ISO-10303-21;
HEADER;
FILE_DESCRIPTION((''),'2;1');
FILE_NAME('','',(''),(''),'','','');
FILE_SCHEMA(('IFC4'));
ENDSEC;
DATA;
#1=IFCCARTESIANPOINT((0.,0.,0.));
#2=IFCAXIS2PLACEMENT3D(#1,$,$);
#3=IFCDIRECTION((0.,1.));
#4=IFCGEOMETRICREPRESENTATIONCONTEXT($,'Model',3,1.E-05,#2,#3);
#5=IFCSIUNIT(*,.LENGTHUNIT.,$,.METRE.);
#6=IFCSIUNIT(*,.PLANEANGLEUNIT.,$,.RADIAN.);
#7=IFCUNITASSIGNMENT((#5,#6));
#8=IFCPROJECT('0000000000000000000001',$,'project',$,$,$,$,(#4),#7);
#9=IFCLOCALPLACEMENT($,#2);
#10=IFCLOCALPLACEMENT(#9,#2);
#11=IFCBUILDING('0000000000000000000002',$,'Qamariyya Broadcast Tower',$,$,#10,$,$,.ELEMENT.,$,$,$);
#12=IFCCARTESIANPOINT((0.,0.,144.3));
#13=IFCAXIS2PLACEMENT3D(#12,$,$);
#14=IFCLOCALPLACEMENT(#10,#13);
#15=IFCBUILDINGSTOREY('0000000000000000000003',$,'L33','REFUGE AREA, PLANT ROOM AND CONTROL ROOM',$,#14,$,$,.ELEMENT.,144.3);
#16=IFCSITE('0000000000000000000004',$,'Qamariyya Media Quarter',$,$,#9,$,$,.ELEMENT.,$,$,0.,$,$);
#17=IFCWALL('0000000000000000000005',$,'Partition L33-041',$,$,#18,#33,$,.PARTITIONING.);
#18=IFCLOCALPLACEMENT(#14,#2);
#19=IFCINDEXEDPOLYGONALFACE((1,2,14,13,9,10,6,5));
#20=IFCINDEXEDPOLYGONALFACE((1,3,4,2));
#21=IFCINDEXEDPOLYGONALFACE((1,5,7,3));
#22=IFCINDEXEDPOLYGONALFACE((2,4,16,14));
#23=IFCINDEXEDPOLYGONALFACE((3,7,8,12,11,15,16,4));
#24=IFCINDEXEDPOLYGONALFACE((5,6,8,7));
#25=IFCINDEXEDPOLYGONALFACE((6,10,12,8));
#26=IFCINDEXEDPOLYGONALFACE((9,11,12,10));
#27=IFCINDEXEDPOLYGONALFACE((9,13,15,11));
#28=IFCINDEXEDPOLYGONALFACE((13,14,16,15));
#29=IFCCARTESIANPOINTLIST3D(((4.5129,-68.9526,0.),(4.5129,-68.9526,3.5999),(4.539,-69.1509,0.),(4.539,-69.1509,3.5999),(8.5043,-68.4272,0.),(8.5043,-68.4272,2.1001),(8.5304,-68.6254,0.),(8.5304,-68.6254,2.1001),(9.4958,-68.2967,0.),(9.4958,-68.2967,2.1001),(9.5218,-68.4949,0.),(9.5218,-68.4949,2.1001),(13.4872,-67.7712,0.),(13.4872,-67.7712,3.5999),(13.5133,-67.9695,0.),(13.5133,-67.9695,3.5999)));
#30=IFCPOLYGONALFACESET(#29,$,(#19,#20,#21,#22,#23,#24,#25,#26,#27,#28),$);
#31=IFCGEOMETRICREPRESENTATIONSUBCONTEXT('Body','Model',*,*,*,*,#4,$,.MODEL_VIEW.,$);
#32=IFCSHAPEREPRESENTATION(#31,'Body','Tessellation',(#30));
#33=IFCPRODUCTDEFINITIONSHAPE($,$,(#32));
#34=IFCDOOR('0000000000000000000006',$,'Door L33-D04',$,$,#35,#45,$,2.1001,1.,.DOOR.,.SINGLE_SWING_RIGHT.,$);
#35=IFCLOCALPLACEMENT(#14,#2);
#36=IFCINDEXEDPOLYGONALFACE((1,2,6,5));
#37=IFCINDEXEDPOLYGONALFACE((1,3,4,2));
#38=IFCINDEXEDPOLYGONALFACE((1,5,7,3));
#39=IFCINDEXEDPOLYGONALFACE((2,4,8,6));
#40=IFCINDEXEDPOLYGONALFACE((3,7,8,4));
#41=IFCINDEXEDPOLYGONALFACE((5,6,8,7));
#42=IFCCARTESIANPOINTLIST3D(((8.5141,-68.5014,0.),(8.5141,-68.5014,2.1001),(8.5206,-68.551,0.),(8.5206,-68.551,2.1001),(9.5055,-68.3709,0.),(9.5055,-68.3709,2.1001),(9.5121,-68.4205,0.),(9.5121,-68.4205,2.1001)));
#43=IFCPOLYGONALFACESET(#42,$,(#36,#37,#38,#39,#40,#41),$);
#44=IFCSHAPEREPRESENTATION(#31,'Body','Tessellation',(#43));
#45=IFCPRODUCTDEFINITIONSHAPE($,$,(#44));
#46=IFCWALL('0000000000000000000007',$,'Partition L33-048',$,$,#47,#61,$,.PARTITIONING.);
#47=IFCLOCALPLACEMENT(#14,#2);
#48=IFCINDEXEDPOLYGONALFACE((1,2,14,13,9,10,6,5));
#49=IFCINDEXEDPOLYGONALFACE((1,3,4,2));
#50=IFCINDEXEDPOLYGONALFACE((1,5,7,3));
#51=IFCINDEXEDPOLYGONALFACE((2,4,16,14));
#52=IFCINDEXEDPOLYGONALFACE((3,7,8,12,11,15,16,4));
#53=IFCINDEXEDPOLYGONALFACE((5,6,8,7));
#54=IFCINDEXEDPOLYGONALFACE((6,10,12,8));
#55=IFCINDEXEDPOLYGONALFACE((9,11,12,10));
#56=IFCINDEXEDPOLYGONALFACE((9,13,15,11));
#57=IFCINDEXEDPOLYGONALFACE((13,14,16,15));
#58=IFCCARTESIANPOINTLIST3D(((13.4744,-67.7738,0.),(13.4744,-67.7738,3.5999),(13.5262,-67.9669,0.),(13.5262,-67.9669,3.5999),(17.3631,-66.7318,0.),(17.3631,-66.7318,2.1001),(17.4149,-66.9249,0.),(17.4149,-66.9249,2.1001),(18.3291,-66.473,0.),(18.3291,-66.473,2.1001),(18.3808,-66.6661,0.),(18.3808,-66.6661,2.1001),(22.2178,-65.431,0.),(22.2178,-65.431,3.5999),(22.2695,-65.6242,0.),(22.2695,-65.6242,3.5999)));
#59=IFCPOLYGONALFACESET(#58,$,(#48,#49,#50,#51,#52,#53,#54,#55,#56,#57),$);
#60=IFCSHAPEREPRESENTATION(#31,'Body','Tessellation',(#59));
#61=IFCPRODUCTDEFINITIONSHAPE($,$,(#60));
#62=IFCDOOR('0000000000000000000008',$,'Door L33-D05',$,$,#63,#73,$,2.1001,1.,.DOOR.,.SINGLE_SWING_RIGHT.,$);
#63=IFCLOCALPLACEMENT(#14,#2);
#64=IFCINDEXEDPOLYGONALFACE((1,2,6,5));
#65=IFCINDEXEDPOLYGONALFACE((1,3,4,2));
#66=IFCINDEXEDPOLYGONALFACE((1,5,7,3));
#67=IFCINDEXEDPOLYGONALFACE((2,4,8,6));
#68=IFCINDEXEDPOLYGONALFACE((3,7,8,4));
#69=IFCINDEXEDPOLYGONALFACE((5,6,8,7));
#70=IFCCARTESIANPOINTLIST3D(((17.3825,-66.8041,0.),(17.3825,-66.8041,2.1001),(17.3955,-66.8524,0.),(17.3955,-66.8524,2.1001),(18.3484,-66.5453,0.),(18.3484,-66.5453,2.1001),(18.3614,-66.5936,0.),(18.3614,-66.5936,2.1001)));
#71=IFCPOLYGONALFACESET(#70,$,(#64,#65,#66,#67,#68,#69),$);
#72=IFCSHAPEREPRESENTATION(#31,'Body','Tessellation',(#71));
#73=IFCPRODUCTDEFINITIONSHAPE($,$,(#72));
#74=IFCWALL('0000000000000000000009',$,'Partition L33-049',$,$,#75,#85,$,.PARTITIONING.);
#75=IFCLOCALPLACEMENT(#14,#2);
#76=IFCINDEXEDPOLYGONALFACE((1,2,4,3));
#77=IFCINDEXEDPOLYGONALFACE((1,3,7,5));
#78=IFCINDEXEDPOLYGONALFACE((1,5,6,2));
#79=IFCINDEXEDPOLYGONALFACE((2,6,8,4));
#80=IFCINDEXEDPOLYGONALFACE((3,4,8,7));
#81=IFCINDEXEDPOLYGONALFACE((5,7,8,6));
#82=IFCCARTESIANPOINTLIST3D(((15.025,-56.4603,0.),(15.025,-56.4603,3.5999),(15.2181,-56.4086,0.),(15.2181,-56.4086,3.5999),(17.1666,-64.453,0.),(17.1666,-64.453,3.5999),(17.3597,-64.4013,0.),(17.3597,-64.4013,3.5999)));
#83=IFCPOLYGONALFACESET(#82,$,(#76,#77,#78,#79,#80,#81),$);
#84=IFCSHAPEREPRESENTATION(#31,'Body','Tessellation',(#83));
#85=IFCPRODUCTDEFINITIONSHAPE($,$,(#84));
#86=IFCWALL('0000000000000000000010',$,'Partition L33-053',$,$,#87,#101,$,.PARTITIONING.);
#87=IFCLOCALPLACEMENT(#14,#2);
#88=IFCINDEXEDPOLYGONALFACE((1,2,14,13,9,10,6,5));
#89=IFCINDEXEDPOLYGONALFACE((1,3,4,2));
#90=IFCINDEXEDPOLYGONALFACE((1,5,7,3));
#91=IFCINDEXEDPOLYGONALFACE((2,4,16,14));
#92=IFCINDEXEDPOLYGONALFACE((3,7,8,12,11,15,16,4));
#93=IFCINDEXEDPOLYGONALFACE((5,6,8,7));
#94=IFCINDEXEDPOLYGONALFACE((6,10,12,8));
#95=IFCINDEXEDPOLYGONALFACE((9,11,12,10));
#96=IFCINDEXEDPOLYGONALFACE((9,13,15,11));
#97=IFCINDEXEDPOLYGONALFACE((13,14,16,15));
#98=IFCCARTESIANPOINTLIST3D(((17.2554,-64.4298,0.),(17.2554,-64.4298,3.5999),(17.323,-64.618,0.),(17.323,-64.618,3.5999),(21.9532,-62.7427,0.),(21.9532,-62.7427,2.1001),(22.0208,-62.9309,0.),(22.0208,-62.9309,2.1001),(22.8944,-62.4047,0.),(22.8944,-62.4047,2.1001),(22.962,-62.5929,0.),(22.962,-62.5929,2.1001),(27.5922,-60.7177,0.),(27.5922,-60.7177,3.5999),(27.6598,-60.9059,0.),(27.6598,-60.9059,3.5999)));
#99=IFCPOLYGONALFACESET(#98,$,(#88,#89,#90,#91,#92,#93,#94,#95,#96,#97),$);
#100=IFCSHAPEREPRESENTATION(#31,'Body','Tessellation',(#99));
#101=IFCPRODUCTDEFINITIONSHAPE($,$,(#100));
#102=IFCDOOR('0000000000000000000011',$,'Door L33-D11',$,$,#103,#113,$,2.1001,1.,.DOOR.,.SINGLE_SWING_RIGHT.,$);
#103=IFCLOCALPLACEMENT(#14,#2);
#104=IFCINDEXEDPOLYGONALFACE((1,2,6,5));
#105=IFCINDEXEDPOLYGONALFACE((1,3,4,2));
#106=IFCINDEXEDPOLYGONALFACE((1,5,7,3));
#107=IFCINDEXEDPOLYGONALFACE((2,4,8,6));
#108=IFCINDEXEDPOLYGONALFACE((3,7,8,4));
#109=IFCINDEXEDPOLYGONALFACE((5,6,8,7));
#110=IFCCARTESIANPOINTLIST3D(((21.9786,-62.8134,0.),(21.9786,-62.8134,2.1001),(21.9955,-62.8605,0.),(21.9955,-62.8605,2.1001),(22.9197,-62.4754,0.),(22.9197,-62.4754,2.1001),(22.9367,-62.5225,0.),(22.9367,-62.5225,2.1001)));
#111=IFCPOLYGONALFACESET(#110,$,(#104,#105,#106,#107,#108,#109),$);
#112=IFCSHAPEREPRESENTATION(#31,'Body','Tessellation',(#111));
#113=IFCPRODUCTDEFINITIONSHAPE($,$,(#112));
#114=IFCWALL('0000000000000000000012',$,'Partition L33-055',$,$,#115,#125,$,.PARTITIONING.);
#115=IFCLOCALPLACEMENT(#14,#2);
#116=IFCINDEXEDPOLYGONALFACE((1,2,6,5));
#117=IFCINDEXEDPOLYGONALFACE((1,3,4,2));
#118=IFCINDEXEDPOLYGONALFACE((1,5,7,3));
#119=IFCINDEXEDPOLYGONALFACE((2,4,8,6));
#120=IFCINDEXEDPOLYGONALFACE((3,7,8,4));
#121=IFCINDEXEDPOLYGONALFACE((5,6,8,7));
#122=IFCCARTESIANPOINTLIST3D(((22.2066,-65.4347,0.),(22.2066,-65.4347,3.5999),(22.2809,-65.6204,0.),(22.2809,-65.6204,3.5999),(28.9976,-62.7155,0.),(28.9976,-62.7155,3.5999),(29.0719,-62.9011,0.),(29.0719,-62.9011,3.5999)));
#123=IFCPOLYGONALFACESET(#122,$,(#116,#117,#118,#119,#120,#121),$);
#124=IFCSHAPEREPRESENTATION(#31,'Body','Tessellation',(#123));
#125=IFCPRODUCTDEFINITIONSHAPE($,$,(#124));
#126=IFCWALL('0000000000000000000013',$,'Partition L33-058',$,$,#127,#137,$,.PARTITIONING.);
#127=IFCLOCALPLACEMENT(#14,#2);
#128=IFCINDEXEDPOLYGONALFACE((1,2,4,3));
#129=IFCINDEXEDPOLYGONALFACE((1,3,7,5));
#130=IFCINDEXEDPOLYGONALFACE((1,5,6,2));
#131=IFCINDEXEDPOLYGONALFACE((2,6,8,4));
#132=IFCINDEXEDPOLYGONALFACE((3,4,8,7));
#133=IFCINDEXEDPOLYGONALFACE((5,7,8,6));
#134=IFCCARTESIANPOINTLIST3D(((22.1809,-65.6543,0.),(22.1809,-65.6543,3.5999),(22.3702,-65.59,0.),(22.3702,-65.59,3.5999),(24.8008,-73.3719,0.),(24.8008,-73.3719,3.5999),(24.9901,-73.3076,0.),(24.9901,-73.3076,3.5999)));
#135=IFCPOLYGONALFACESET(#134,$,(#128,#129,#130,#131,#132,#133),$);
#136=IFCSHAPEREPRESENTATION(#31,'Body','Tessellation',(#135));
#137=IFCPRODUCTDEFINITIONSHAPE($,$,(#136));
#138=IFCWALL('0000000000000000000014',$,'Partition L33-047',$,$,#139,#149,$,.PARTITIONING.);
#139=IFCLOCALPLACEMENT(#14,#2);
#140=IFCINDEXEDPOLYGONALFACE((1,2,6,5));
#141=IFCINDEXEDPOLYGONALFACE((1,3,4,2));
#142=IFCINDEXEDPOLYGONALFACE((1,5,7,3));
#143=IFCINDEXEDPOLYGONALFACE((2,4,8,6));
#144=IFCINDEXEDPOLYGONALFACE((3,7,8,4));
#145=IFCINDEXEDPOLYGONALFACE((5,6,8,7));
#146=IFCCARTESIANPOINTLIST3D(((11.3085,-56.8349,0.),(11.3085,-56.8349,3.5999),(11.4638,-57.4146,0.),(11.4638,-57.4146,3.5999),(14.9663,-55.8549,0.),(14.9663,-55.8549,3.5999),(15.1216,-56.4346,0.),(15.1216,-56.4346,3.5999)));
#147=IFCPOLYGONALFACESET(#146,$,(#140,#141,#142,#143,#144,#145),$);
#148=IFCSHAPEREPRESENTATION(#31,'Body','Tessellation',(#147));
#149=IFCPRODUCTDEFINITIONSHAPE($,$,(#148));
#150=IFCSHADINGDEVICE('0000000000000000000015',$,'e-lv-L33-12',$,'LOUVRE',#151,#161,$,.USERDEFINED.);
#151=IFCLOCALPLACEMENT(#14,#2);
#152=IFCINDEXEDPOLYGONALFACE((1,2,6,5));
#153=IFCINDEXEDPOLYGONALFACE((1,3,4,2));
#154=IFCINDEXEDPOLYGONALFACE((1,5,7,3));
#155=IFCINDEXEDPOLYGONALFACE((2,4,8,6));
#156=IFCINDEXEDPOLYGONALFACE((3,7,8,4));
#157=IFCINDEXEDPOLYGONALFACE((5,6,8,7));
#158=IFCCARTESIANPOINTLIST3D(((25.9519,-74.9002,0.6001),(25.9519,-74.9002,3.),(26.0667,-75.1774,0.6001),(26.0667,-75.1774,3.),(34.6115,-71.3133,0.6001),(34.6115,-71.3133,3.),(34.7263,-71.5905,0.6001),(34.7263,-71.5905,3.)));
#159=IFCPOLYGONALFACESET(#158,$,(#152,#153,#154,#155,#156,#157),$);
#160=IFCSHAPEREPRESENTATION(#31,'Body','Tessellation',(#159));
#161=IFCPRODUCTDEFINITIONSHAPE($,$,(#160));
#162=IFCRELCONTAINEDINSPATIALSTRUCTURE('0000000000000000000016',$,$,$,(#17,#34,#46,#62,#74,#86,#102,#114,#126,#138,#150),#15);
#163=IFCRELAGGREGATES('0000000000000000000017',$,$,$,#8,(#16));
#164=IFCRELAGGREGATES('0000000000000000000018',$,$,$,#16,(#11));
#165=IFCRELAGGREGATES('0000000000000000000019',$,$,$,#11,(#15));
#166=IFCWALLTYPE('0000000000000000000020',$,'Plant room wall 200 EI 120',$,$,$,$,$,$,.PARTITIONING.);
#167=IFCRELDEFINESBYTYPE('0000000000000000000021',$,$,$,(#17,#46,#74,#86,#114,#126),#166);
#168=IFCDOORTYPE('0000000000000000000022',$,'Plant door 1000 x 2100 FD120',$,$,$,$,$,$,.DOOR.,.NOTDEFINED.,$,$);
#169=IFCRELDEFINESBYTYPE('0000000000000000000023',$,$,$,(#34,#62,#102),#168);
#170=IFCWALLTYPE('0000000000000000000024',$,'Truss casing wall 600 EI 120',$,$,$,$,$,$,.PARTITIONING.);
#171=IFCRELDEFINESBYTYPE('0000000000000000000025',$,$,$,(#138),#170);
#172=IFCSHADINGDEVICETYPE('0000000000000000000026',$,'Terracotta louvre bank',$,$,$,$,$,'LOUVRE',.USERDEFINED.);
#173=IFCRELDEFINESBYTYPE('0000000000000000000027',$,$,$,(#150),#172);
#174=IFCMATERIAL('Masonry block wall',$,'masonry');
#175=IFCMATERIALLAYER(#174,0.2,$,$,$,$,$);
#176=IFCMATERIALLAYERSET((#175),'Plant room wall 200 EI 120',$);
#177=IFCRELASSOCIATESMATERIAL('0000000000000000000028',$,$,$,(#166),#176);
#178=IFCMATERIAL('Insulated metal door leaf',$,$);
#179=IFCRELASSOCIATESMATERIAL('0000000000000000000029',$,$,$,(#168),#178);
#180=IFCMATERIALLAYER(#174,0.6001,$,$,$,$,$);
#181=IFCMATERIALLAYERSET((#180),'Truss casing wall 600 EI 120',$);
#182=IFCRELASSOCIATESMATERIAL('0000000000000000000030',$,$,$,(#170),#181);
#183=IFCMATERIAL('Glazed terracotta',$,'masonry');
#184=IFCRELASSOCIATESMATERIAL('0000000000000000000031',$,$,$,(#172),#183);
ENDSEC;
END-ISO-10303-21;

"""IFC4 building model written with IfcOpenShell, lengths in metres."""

from ifc_helpers import new_model, si_unit, direction, frame, frame_2d, origin, origin_2d, place, context, subcontext, project, spatial, rectangle, extrude, material, layer, layer_set, type_object, element, fill, save


model = new_model("IFC4")

# Units and contexts
model_context = context("Model", 3, precision=1e-05, world=origin(), true_north=direction((0.0, 1.0)))
body_context = subcontext(model_context, "Body", "Model", "MODEL_VIEW")
ifc_project = project(units=[si_unit("LENGTHUNIT", "METRE"), si_unit("PLANEANGLEUNIT", "RADIAN")], contexts=[model_context])

# Site, building, storey
site_placement = place(None, origin())
site = spatial("IfcSite", under=ifc_project, at=site_placement, Name="Qamariyya Media Quarter", CompositionType="ELEMENT", RefElevation=0.0)
building_placement = place(site_placement, origin())
building = spatial("IfcBuilding", under=site, at=building_placement, Name="Qamariyya Broadcast Tower", CompositionType="ELEMENT")
storey_placement = place(building_placement, frame((0.0, 0.0, 144.3)))
storey = spatial("IfcBuildingStorey", under=building, at=storey_placement, Name="L33", Description="REFUGE AREA, PLANT ROOM AND CONTROL ROOM", CompositionType="ELEMENT", Elevation=144.3)

# Walls, openings, doors
ifc_material_1 = material(Name="Masonry block wall", Category="masonry")
ifc_layer_1 = layer(ifc_material_1, 0.2)
ifc_layer_set_1 = layer_set([ifc_layer_1], Name="Plant room wall 200 EI 120")
wall_type_1 = type_object("IfcWallType", Name="Plant room wall 200 EI 120", PredefinedType="PARTITIONING", material=ifc_layer_set_1)
wall_1_placement = place(storey_placement, frame((13.5002, -67.8704, 0.0), z_axis=(0.0, 0.0, 1.0), x_axis=(-0.991446, -0.130515, 0.0)))
wall_1 = element("IfcWall", 1, at=wall_1_placement, inside=storey, type_object=wall_type_1, Name="Partition L33-041", PredefinedType="PARTITIONING", context=body_context, shape_type="SweptSolid", body=[
    extrude(rectangle(XDim=9.0518, YDim=0.2, at=frame_2d((4.5259, 0.0))), origin(), (0.0, 0.0, 1.0), 3.5999),
])
opening_1_placement = place(wall_1_placement, frame((4.0259, 0.0, 0.0)))
opening_1 = element("IfcOpeningElement", 2, at=opening_1_placement, cuts=wall_1, PredefinedType="OPENING", context=body_context, shape_type="SweptSolid", body=[
    extrude(rectangle(XDim=1.0, YDim=2.1001, at=frame_2d((0.5, 1.05))), frame((0.0, 0.1099, 0.0), z_axis=(0.0, -1.0, 0.0), x_axis=(1.0, 0.0, 0.0)), (0.0, 0.0, 1.0), 0.22),
])
ifc_material_2 = material(Name="Insulated metal door leaf")
door_type_1 = type_object("IfcDoorType", Name="Plant door 1000 x 2100 FD120", OperationType="NOTDEFINED", PredefinedType="DOOR", material=ifc_material_2)
door_1_placement = place(opening_1_placement, origin())
door_1 = element("IfcDoor", 3, at=door_1_placement, inside=storey, type_object=door_type_1, Name="Door L33-D04", OperationType="SINGLE_SWING_RIGHT", OverallHeight=2.1001, OverallWidth=1.0, PredefinedType="DOOR", context=body_context, shape_type="SweptSolid", body=[
    extrude(rectangle(XDim=1.0, YDim=2.1001, at=frame_2d((0.5, 1.05))), frame((0.0, 0.0249, 0.0), z_axis=(0.0, -1.0, 0.0), x_axis=(1.0, 0.0, 0.0)), (0.0, 0.0, 1.0), 0.05),
])
fill(opening_1, door_1)
wall_2_placement = place(storey_placement, frame((22.2437, -65.5276, 0.0), z_axis=(0.0, 0.0, 1.0), x_axis=(-0.965926, -0.258817, 0.0)))
wall_2 = element("IfcWall", 4, at=wall_2_placement, inside=storey, type_object=wall_type_1, Name="Partition L33-048", PredefinedType="PARTITIONING", context=body_context, shape_type="SweptSolid", body=[
    extrude(rectangle(XDim=9.0518, YDim=0.2, at=frame_2d((4.5259, 0.0))), origin(), (0.0, 0.0, 1.0), 3.5999),
])
opening_2_placement = place(wall_2_placement, frame((4.0259, 0.0, 0.0)))
opening_2 = element("IfcOpeningElement", 5, at=opening_2_placement, cuts=wall_2, PredefinedType="OPENING", context=body_context, shape_type="SweptSolid", body=[
    extrude(rectangle(XDim=1.0, YDim=2.1001, at=frame_2d((0.5, 1.05))), frame((0.0, 0.1099, 0.0), z_axis=(0.0, -1.0, 0.0), x_axis=(1.0, 0.0, 0.0)), (0.0, 0.0, 1.0), 0.22),
])
door_2_placement = place(opening_2_placement, origin())
door_2 = element("IfcDoor", 6, at=door_2_placement, inside=storey, type_object=door_type_1, Name="Door L33-D05", OperationType="SINGLE_SWING_RIGHT", OverallHeight=2.1001, OverallWidth=1.0, PredefinedType="DOOR", context=body_context, shape_type="SweptSolid", body=[
    extrude(rectangle(XDim=1.0, YDim=2.1001, at=frame_2d((0.5, 1.05))), frame((0.0, 0.0249, 0.0), z_axis=(0.0, -1.0, 0.0), x_axis=(1.0, 0.0, 0.0)), (0.0, 0.0, 1.0), 0.05),
])
fill(opening_2, door_2)

# Wall
wall_3_placement = place(storey_placement, frame((15.1216, -56.4346, 0.0), z_axis=(0.0, 0.0, 1.0), x_axis=(0.258816, -0.965927, 0.0)))
element("IfcWall", 7, at=wall_3_placement, inside=storey, type_object=wall_type_1, Name="Partition L33-049", PredefinedType="PARTITIONING", context=body_context, shape_type="SweptSolid", body=[
    extrude(rectangle(XDim=8.2747, YDim=0.2, at=frame_2d((4.1372, 0.0))), origin(), (0.0, 0.0, 1.0), 3.5999),
])

# Wall, opening, door
wall_4_placement = place(storey_placement, frame((17.2891, -64.5239, 0.0), z_axis=(0.0, 0.0, 1.0), x_axis=(0.941152, 0.337983, 0.0)))
wall_4 = element("IfcWall", 8, at=wall_4_placement, inside=storey, type_object=wall_type_1, Name="Partition L33-053", PredefinedType="PARTITIONING", context=body_context, shape_type="SweptSolid", body=[
    extrude(rectangle(XDim=10.9832, YDim=0.2, at=frame_2d((5.4917, 0.0))), origin(), (0.0, 0.0, 1.0), 3.5999),
])
opening_3_placement = place(wall_4_placement, frame((4.9917, 0.0, 0.0)))
opening_3 = element("IfcOpeningElement", 9, at=opening_3_placement, cuts=wall_4, PredefinedType="OPENING", context=body_context, shape_type="SweptSolid", body=[
    extrude(rectangle(XDim=1.0, YDim=2.1001, at=frame_2d((0.5, 1.05))), frame((0.0, 0.1099, 0.0), z_axis=(0.0, -1.0, 0.0), x_axis=(1.0, 0.0, 0.0)), (0.0, 0.0, 1.0), 0.22),
])
door_3_placement = place(opening_3_placement, origin())
door_3 = element("IfcDoor", 10, at=door_3_placement, inside=storey, type_object=door_type_1, Name="Door L33-D11", OperationType="SINGLE_SWING_RIGHT", OverallHeight=2.1001, OverallWidth=1.0, PredefinedType="DOOR", context=body_context, shape_type="SweptSolid", body=[
    extrude(rectangle(XDim=1.0, YDim=2.1001, at=frame_2d((0.5, 1.05))), frame((0.0, 0.0249, 0.0), z_axis=(0.0, -1.0, 0.0), x_axis=(1.0, 0.0, 0.0)), (0.0, 0.0, 1.0), 0.05),
])
fill(opening_3, door_3)

# Walls
wall_5_placement = place(storey_placement, frame((22.2437, -65.5276, 0.0), z_axis=(0.0, 0.0, 1.0), x_axis=(0.928343, 0.371724, 0.0)))
element("IfcWall", 11, at=wall_5_placement, inside=storey, type_object=wall_type_1, Name="Partition L33-055", PredefinedType="PARTITIONING", context=body_context, shape_type="SweptSolid", body=[
    extrude(rectangle(XDim=7.3152, YDim=0.2, at=frame_2d((3.6577, 0.0))), origin(), (0.0, 0.0, 1.0), 3.5999),
])
wall_6_placement = place(storey_placement, frame((24.8955, -73.3398, 0.0), z_axis=(0.0, 0.0, 1.0), x_axis=(-0.321453, 0.946925, 0.0)))
element("IfcWall", 12, at=wall_6_placement, inside=storey, type_object=wall_type_1, Name="Partition L33-058", PredefinedType="PARTITIONING", context=body_context, shape_type="SweptSolid", body=[
    extrude(rectangle(XDim=8.1501, YDim=0.2, at=frame_2d((4.0752, 0.0))), origin(), (0.0, 0.0, 1.0), 3.5999),
])
ifc_layer_2 = layer(ifc_material_1, 0.6001)
ifc_layer_set_2 = layer_set([ifc_layer_2], Name="Truss casing wall 600 EI 120")
wall_type_2 = type_object("IfcWallType", Name="Truss casing wall 600 EI 120", PredefinedType="PARTITIONING", material=ifc_layer_set_2)
wall_7_placement = place(storey_placement, frame((11.386, -57.1248, 0.0), z_axis=(0.0, 0.0, 1.0), x_axis=(0.965937, 0.258778, 0.0)))
element("IfcWall", 13, at=wall_7_placement, inside=storey, type_object=wall_type_2, Name="Partition L33-047", PredefinedType="PARTITIONING", context=body_context, shape_type="SweptSolid", body=[
    extrude(rectangle(XDim=3.7869, YDim=0.6001, at=frame_2d((1.8936, 0.0))), origin(), (0.0, 0.0, 1.0), 3.5999),
])

# Shading device
ifc_material_3 = material(Name="Glazed terracotta", Category="masonry")
shading_device_type = type_object("IfcShadingDeviceType", Name="Terracotta louvre bank", ElementType="LOUVRE", PredefinedType="USERDEFINED", material=ifc_material_3)
shading_device_placement = place(storey_placement, frame((30.3391, -73.2454, 0.6001), z_axis=(0.0, 0.0, 1.0), x_axis=(0.92388, 0.382683, 0.0)))
element("IfcShadingDevice", 14, at=shading_device_placement, inside=storey, type_object=shading_device_type, Name="e-lv-L33-12", ObjectType="LOUVRE", PredefinedType="USERDEFINED", context=body_context, shape_type="SweptSolid", body=[
    extrude(rectangle(XDim=9.373, YDim=0.3, at=origin_2d()), origin(), (0.0, 0.0, 1.0), 2.3999),
])

save(model, "model.ifc")
